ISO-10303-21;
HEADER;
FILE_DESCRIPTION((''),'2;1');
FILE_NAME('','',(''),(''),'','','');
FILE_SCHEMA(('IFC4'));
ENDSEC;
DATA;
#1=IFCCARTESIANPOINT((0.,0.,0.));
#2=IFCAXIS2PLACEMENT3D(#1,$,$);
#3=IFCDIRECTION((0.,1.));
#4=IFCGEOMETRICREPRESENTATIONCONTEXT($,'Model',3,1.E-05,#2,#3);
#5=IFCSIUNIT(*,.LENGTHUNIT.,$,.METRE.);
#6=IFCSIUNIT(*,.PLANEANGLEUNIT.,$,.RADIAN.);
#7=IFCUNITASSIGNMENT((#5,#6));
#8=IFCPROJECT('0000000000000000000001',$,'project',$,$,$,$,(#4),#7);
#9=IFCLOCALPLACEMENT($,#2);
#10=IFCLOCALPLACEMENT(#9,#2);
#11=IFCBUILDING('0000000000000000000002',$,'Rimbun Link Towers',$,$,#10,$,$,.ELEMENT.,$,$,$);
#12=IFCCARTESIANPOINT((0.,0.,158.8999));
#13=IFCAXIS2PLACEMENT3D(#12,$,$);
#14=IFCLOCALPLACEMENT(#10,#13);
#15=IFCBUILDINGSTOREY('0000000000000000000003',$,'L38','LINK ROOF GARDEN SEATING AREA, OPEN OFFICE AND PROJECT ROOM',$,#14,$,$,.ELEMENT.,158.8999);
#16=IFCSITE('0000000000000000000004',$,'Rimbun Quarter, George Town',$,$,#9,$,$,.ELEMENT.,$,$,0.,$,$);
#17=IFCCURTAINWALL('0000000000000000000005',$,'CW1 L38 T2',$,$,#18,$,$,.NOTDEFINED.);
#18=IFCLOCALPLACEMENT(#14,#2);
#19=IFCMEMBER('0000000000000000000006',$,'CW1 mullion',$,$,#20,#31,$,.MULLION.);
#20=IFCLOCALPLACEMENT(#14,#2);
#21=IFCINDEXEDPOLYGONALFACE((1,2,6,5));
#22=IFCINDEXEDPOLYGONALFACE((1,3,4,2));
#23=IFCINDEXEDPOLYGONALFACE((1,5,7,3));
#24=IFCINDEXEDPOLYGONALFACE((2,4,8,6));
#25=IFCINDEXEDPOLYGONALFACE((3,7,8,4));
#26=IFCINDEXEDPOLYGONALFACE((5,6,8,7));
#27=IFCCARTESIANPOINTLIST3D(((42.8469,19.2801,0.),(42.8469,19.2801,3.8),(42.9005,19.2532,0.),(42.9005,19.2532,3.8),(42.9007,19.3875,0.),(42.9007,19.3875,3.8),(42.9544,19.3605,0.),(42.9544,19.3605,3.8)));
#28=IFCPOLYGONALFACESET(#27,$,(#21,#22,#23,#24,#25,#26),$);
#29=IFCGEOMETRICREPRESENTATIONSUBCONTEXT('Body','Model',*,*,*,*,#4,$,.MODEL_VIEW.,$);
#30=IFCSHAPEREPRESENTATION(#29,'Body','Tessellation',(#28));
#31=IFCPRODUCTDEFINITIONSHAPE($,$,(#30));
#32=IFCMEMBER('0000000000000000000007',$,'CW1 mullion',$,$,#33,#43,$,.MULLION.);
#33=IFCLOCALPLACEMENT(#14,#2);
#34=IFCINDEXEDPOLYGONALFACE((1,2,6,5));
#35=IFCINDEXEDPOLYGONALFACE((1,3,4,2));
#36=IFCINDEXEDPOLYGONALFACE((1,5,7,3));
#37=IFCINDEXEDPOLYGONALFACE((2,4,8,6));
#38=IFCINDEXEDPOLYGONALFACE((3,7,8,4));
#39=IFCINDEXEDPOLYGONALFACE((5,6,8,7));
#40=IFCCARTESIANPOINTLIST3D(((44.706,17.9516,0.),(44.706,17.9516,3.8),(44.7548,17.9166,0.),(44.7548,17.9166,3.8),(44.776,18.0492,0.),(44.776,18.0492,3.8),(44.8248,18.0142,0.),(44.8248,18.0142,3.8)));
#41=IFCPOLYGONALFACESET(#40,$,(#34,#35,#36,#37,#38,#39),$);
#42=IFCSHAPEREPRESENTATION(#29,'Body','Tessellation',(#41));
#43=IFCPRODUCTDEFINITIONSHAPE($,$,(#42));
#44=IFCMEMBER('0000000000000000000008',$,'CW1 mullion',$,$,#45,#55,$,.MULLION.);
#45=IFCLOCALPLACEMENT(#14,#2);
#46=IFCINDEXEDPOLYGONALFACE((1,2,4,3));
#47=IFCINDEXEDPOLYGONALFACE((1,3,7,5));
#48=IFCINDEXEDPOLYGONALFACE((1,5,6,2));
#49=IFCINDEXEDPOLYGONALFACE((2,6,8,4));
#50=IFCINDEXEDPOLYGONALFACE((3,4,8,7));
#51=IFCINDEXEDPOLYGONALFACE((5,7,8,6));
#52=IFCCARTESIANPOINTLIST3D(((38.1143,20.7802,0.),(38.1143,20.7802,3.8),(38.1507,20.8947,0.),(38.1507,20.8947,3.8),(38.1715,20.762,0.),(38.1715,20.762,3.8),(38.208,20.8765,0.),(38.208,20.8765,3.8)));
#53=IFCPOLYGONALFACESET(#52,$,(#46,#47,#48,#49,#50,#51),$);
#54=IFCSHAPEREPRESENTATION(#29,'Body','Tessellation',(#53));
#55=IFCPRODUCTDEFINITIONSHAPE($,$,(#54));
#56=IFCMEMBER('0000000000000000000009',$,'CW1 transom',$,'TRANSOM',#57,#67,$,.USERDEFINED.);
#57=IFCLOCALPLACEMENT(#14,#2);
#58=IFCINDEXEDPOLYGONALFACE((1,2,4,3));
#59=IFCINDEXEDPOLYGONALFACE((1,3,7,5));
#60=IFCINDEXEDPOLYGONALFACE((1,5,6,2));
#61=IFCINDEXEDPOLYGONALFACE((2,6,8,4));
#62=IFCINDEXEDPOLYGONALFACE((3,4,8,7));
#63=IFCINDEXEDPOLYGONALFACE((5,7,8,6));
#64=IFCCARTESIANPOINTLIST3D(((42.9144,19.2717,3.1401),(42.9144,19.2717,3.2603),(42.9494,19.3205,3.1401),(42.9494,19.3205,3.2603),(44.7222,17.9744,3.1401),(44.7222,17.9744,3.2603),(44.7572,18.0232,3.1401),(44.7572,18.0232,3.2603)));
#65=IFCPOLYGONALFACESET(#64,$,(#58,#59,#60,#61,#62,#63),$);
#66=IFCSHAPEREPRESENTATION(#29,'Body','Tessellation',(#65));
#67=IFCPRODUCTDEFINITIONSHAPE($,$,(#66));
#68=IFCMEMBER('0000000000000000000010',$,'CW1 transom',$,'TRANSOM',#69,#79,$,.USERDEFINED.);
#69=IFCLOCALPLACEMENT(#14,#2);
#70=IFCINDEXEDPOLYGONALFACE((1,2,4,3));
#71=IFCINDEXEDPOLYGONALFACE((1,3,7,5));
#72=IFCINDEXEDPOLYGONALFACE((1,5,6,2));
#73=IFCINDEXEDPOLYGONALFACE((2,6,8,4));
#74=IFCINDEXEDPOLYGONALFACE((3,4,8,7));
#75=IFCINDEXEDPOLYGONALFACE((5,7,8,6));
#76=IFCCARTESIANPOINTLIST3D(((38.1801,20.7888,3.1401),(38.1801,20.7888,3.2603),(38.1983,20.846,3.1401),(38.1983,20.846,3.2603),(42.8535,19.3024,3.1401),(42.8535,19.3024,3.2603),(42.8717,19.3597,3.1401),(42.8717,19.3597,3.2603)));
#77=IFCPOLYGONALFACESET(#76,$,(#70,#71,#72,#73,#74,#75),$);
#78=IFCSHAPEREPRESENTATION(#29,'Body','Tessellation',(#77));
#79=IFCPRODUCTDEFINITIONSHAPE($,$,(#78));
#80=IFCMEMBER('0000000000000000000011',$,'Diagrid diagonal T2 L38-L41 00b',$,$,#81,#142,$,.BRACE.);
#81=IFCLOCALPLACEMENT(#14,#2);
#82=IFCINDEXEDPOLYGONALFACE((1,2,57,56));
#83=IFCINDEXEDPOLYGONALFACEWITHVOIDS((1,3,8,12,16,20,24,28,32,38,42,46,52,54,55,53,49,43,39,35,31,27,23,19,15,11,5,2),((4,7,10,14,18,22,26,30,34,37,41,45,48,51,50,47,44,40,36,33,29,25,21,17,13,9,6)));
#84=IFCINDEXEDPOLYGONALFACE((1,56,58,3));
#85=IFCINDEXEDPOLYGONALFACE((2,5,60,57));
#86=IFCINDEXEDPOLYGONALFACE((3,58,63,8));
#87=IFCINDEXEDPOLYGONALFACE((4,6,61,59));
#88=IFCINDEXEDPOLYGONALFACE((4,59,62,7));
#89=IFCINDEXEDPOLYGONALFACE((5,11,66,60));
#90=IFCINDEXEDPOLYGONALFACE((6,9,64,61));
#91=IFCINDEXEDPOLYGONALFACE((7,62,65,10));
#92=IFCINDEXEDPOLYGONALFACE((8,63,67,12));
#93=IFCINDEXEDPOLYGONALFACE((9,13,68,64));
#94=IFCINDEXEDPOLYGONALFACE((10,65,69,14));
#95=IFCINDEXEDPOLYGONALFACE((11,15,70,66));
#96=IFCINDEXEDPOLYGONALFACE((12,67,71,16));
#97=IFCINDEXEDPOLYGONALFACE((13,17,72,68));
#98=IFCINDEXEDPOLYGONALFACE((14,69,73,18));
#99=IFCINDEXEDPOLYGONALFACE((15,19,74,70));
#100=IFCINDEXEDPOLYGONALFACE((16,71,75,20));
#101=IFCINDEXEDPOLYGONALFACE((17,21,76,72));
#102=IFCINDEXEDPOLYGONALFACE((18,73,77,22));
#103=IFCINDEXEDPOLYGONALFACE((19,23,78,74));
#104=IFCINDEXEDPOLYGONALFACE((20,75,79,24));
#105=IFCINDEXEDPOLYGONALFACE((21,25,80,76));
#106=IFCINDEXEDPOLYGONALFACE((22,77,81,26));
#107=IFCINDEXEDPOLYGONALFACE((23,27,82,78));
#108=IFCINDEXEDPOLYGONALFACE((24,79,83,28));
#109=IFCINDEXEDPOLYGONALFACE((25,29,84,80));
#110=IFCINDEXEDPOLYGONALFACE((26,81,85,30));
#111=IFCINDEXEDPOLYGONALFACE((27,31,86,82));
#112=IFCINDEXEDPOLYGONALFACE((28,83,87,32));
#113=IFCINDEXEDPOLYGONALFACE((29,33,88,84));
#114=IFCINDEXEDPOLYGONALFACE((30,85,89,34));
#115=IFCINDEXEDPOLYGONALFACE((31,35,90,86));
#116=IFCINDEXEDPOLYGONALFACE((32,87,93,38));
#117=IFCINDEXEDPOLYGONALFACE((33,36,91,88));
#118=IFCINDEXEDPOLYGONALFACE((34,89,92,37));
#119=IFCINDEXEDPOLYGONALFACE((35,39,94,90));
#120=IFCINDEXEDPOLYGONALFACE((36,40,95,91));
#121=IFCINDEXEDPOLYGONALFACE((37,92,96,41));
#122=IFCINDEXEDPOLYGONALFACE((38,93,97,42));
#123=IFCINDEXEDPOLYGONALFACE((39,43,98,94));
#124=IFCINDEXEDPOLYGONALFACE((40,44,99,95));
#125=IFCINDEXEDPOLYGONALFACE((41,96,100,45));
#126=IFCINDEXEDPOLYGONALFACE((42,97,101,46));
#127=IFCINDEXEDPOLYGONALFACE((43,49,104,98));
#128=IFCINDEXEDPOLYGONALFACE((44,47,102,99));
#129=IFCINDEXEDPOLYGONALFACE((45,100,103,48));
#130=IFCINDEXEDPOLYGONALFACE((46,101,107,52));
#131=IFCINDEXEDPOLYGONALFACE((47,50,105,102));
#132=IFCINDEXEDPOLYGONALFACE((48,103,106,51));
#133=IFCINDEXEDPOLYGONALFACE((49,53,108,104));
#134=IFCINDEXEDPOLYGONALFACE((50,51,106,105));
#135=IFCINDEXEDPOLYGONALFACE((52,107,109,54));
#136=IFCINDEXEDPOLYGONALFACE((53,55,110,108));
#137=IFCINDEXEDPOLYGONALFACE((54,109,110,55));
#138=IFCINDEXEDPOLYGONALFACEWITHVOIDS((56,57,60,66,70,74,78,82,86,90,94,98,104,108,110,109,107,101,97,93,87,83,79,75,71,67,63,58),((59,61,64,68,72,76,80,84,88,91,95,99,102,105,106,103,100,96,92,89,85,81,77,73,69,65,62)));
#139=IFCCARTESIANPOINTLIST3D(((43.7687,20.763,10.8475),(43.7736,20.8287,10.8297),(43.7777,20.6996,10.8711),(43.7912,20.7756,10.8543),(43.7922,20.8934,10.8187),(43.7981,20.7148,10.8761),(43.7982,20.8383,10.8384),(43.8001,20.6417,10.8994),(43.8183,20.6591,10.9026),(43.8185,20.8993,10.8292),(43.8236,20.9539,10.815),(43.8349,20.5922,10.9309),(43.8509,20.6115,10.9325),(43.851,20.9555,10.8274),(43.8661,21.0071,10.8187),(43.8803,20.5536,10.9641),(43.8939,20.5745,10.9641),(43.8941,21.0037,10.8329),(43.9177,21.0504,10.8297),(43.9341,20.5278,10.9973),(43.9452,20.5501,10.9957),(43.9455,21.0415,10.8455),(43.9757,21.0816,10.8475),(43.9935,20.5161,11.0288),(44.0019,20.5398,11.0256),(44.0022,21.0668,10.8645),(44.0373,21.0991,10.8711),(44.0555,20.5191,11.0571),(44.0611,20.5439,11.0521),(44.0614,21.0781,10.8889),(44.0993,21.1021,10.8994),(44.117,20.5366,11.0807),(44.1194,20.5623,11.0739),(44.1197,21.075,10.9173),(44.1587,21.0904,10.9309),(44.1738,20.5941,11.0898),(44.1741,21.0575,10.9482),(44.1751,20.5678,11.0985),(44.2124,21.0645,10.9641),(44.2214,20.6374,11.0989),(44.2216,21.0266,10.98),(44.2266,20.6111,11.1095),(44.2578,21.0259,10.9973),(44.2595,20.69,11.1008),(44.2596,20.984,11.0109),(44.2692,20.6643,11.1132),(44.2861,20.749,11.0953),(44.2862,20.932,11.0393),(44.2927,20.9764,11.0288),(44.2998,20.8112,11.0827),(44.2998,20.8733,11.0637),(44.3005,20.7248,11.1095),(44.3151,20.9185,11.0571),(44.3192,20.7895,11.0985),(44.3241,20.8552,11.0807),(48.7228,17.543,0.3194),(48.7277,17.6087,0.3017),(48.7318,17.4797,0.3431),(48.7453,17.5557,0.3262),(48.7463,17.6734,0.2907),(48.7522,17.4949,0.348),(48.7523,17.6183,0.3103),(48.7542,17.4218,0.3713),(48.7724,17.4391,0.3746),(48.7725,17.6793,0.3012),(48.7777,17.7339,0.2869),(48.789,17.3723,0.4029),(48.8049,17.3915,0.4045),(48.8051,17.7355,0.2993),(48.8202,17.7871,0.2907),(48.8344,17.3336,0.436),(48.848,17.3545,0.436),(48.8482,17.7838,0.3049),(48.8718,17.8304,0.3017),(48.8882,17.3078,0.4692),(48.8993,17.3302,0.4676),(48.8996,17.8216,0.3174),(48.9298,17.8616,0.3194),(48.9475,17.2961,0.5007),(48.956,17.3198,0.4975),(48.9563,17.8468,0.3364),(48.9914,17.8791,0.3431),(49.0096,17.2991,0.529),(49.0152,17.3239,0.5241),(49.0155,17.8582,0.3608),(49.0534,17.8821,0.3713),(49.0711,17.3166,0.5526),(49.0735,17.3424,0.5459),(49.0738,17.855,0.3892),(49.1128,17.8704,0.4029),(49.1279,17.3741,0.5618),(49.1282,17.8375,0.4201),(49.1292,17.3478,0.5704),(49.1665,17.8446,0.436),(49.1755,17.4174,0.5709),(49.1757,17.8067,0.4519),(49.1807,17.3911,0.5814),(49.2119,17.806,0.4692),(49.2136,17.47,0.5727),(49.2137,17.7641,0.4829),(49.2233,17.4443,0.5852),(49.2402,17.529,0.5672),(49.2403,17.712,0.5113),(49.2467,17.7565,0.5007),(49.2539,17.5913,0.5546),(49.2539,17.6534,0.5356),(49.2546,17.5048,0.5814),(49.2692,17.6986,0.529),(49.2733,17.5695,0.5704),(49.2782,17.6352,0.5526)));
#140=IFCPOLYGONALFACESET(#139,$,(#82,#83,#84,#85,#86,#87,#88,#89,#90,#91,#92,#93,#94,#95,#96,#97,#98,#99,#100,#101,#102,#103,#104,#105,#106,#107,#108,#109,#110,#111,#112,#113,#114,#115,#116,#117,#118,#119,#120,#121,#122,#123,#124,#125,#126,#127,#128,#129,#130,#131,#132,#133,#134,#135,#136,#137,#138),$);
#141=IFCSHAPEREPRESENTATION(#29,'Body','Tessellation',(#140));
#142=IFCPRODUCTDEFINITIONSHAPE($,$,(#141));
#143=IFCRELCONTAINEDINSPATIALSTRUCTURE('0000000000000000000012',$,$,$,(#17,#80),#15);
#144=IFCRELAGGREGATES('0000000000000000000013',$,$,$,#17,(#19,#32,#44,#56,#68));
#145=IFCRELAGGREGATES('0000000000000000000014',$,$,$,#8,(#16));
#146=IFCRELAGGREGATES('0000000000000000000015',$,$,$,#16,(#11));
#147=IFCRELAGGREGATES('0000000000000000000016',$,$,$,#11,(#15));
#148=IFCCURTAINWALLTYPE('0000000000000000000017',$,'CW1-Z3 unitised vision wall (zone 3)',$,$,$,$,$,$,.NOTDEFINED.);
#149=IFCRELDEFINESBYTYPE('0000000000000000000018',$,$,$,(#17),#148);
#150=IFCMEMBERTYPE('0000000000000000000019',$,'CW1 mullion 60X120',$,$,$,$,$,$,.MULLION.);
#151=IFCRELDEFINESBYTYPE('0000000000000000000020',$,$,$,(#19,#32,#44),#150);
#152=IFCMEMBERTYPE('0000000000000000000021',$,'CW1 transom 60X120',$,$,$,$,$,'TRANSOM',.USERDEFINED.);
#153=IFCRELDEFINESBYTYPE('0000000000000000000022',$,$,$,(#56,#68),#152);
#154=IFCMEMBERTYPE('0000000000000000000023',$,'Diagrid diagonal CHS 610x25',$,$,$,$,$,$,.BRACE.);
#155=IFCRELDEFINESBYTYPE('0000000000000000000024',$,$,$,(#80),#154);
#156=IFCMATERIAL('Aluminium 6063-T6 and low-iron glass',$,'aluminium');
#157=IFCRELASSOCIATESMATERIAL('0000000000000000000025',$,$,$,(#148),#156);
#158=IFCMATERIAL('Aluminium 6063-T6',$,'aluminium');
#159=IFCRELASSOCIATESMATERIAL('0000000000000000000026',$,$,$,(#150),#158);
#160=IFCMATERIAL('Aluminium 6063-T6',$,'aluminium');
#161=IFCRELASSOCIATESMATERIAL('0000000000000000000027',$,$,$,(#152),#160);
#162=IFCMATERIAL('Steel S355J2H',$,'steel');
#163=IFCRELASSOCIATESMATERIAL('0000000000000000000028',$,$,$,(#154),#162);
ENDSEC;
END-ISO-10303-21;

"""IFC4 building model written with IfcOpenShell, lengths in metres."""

from ifc_helpers import new_model, si_unit, direction, frame, origin, origin_2d, place, context, subcontext, project, spatial, rectangle, hollow_circle, extrude, material, material_profile, profile_set, type_object, element, aggregate, save


model = new_model("IFC4")

# Units and contexts
model_context = context("Model", 3, precision=1e-05, world=origin(), true_north=direction((0.0, 1.0)))
body_context = subcontext(model_context, "Body", "Model", "MODEL_VIEW")
ifc_project = project(units=[si_unit("LENGTHUNIT", "METRE"), si_unit("PLANEANGLEUNIT", "RADIAN")], contexts=[model_context])

# Site, building, storey
site_placement = place(None, origin())
site = spatial("IfcSite", under=ifc_project, at=site_placement, Name="Rimbun Quarter, George Town", CompositionType="ELEMENT", RefElevation=0.0)
building_placement = place(site_placement, origin())
building = spatial("IfcBuilding", under=site, at=building_placement, Name="Rimbun Link Towers", CompositionType="ELEMENT")
storey_placement = place(building_placement, frame((0.0, 0.0, 158.8999)))
storey = spatial("IfcBuildingStorey", under=building, at=storey_placement, Name="L38", Description="LINK ROOF GARDEN SEATING AREA, OPEN OFFICE AND PROJECT ROOM", CompositionType="ELEMENT", Elevation=158.8999)

# Curtain wall, members
ifc_material_1 = material(Name="Aluminium 6063-T6 and low-iron glass", Category="aluminium")
curtain_wall_type = type_object("IfcCurtainWallType", Name="CW1-Z3 unitised vision wall (zone 3)", PredefinedType="NOTDEFINED", material=ifc_material_1)
curtain_wall_placement = place(storey_placement, origin())
curtain_wall = element("IfcCurtainWall", 1, at=curtain_wall_placement, inside=storey, type_object=curtain_wall_type, Name="CW1 L38 T2", PredefinedType="NOTDEFINED")
ifc_material_2 = material(Name="Aluminium 6063-T6", Category="aluminium")
ifc_material_profile_1 = material_profile(ifc_material_2, rectangle(XDim=0.1201, YDim=0.0601, at=origin_2d()), Name="MULLION 60X120")
ifc_profile_set_1 = profile_set([ifc_material_profile_1], Name="Aluminium 6063-T6")
member_type_1 = type_object("IfcMemberType", Name="CW1 mullion 60X120", PredefinedType="MULLION", material=ifc_profile_set_1)
member_1_placement = place(storey_placement, frame((42.9006, 19.3203, 0.0), z_axis=(0.0, 0.0, 1.0), x_axis=(0.448577, 0.893744, 0.0)))
member_1 = element("IfcMember", 2, at=member_1_placement, type_object=member_type_1, Name="CW1 mullion", PredefinedType="MULLION", context=body_context, shape_type="SweptSolid", body=[
    extrude(rectangle(XDim=0.1201, YDim=0.0601, at=origin_2d()), origin(), (0.0, 0.0, 1.0), 3.8),
])
member_2_placement = place(storey_placement, frame((44.7654, 17.9829, 0.0), z_axis=(0.0, 0.0, 1.0), x_axis=(0.583004, 0.812469, 0.0)))
member_2 = element("IfcMember", 3, at=member_2_placement, type_object=member_type_1, Name="CW1 mullion", PredefinedType="MULLION", context=body_context, shape_type="SweptSolid", body=[
    extrude(rectangle(XDim=0.1201, YDim=0.0601, at=origin_2d()), origin(), (0.0, 0.0, 1.0), 3.8),
])
member_3_placement = place(storey_placement, frame((38.1611, 20.8284, 0.0), z_axis=(0.0, 0.0, 1.0), x_axis=(0.303082, 0.952965, 0.0)))
member_3 = element("IfcMember", 4, at=member_3_placement, type_object=member_type_1, Name="CW1 mullion", PredefinedType="MULLION", context=body_context, shape_type="SweptSolid", body=[
    extrude(rectangle(XDim=0.1201, YDim=0.0601, at=origin_2d()), origin(), (0.0, 0.0, 1.0), 3.8),
])
ifc_material_3 = material(Name="Aluminium 6063-T6", Category="aluminium")
ifc_material_profile_2 = material_profile(ifc_material_3, rectangle(XDim=0.0601, YDim=0.1201, at=origin_2d()), Name="TRANSOM 60X120")
ifc_profile_set_2 = profile_set([ifc_material_profile_2], Name="Aluminium 6063-T6")
member_type_2 = type_object("IfcMemberType", Name="CW1 transom 60X120", ElementType="TRANSOM", PredefinedType="USERDEFINED", material=ifc_profile_set_2)
member_4_placement = place(storey_placement, frame((42.9319, 19.2961, 3.2002), z_axis=(0.812449, -0.583032, 0.0), x_axis=(0.583032, 0.812449, 0.0)))
member_4 = element("IfcMember", 5, at=member_4_placement, type_object=member_type_2, Name="CW1 transom", ObjectType="TRANSOM", PredefinedType="USERDEFINED", context=body_context, shape_type="SweptSolid", body=[
    extrude(rectangle(XDim=0.0601, YDim=0.1201, at=origin_2d()), origin(), (0.0, 0.0, 1.0), 2.2251),
])
member_5_placement = place(storey_placement, frame((38.1892, 20.8174, 3.2002), z_axis=(0.952964, -0.303084, 0.0), x_axis=(0.303084, 0.952964, 0.0)))
member_5 = element("IfcMember", 6, at=member_5_placement, type_object=member_type_2, Name="CW1 transom", ObjectType="TRANSOM", PredefinedType="USERDEFINED", context=body_context, shape_type="SweptSolid", body=[
    extrude(rectangle(XDim=0.0601, YDim=0.1201, at=origin_2d()), origin(), (0.0, 0.0, 1.0), 4.9041),
])

# Member
ifc_material_4 = material(Name="Steel S355J2H", Category="steel")
ifc_material_profile_3 = material_profile(ifc_material_4, hollow_circle(Radius=0.3047, WallThickness=0.0249, at=origin_2d()), Name="Diagrid diagonal CHS 610x25")
ifc_profile_set_3 = profile_set([ifc_material_profile_3], Name="Steel S355J2H")
member_type_3 = type_object("IfcMemberType", Name="Diagrid diagonal CHS 610x25", PredefinedType="BRACE", material=ifc_profile_set_3)
member_6_placement = place(storey_placement, frame((49.0005, 17.5891, 0.436), z_axis=(-0.410353, 0.266714, 0.872052), x_axis=(-0.544965, -0.838459, 0.0)))
element("IfcMember", 7, at=member_6_placement, inside=storey, type_object=member_type_3, Name="Diagrid diagonal T2 L38-L41 00b", PredefinedType="BRACE", context=body_context, shape_type="SweptSolid", body=[
    extrude(hollow_circle(Radius=0.3047, WallThickness=0.0249, at=origin_2d()), origin(), (0.0, 0.0, 1.0), 12.0728),
])

aggregate(curtain_wall, [member_1, member_2, member_3, member_4, member_5])

save(model, "model.ifc")
